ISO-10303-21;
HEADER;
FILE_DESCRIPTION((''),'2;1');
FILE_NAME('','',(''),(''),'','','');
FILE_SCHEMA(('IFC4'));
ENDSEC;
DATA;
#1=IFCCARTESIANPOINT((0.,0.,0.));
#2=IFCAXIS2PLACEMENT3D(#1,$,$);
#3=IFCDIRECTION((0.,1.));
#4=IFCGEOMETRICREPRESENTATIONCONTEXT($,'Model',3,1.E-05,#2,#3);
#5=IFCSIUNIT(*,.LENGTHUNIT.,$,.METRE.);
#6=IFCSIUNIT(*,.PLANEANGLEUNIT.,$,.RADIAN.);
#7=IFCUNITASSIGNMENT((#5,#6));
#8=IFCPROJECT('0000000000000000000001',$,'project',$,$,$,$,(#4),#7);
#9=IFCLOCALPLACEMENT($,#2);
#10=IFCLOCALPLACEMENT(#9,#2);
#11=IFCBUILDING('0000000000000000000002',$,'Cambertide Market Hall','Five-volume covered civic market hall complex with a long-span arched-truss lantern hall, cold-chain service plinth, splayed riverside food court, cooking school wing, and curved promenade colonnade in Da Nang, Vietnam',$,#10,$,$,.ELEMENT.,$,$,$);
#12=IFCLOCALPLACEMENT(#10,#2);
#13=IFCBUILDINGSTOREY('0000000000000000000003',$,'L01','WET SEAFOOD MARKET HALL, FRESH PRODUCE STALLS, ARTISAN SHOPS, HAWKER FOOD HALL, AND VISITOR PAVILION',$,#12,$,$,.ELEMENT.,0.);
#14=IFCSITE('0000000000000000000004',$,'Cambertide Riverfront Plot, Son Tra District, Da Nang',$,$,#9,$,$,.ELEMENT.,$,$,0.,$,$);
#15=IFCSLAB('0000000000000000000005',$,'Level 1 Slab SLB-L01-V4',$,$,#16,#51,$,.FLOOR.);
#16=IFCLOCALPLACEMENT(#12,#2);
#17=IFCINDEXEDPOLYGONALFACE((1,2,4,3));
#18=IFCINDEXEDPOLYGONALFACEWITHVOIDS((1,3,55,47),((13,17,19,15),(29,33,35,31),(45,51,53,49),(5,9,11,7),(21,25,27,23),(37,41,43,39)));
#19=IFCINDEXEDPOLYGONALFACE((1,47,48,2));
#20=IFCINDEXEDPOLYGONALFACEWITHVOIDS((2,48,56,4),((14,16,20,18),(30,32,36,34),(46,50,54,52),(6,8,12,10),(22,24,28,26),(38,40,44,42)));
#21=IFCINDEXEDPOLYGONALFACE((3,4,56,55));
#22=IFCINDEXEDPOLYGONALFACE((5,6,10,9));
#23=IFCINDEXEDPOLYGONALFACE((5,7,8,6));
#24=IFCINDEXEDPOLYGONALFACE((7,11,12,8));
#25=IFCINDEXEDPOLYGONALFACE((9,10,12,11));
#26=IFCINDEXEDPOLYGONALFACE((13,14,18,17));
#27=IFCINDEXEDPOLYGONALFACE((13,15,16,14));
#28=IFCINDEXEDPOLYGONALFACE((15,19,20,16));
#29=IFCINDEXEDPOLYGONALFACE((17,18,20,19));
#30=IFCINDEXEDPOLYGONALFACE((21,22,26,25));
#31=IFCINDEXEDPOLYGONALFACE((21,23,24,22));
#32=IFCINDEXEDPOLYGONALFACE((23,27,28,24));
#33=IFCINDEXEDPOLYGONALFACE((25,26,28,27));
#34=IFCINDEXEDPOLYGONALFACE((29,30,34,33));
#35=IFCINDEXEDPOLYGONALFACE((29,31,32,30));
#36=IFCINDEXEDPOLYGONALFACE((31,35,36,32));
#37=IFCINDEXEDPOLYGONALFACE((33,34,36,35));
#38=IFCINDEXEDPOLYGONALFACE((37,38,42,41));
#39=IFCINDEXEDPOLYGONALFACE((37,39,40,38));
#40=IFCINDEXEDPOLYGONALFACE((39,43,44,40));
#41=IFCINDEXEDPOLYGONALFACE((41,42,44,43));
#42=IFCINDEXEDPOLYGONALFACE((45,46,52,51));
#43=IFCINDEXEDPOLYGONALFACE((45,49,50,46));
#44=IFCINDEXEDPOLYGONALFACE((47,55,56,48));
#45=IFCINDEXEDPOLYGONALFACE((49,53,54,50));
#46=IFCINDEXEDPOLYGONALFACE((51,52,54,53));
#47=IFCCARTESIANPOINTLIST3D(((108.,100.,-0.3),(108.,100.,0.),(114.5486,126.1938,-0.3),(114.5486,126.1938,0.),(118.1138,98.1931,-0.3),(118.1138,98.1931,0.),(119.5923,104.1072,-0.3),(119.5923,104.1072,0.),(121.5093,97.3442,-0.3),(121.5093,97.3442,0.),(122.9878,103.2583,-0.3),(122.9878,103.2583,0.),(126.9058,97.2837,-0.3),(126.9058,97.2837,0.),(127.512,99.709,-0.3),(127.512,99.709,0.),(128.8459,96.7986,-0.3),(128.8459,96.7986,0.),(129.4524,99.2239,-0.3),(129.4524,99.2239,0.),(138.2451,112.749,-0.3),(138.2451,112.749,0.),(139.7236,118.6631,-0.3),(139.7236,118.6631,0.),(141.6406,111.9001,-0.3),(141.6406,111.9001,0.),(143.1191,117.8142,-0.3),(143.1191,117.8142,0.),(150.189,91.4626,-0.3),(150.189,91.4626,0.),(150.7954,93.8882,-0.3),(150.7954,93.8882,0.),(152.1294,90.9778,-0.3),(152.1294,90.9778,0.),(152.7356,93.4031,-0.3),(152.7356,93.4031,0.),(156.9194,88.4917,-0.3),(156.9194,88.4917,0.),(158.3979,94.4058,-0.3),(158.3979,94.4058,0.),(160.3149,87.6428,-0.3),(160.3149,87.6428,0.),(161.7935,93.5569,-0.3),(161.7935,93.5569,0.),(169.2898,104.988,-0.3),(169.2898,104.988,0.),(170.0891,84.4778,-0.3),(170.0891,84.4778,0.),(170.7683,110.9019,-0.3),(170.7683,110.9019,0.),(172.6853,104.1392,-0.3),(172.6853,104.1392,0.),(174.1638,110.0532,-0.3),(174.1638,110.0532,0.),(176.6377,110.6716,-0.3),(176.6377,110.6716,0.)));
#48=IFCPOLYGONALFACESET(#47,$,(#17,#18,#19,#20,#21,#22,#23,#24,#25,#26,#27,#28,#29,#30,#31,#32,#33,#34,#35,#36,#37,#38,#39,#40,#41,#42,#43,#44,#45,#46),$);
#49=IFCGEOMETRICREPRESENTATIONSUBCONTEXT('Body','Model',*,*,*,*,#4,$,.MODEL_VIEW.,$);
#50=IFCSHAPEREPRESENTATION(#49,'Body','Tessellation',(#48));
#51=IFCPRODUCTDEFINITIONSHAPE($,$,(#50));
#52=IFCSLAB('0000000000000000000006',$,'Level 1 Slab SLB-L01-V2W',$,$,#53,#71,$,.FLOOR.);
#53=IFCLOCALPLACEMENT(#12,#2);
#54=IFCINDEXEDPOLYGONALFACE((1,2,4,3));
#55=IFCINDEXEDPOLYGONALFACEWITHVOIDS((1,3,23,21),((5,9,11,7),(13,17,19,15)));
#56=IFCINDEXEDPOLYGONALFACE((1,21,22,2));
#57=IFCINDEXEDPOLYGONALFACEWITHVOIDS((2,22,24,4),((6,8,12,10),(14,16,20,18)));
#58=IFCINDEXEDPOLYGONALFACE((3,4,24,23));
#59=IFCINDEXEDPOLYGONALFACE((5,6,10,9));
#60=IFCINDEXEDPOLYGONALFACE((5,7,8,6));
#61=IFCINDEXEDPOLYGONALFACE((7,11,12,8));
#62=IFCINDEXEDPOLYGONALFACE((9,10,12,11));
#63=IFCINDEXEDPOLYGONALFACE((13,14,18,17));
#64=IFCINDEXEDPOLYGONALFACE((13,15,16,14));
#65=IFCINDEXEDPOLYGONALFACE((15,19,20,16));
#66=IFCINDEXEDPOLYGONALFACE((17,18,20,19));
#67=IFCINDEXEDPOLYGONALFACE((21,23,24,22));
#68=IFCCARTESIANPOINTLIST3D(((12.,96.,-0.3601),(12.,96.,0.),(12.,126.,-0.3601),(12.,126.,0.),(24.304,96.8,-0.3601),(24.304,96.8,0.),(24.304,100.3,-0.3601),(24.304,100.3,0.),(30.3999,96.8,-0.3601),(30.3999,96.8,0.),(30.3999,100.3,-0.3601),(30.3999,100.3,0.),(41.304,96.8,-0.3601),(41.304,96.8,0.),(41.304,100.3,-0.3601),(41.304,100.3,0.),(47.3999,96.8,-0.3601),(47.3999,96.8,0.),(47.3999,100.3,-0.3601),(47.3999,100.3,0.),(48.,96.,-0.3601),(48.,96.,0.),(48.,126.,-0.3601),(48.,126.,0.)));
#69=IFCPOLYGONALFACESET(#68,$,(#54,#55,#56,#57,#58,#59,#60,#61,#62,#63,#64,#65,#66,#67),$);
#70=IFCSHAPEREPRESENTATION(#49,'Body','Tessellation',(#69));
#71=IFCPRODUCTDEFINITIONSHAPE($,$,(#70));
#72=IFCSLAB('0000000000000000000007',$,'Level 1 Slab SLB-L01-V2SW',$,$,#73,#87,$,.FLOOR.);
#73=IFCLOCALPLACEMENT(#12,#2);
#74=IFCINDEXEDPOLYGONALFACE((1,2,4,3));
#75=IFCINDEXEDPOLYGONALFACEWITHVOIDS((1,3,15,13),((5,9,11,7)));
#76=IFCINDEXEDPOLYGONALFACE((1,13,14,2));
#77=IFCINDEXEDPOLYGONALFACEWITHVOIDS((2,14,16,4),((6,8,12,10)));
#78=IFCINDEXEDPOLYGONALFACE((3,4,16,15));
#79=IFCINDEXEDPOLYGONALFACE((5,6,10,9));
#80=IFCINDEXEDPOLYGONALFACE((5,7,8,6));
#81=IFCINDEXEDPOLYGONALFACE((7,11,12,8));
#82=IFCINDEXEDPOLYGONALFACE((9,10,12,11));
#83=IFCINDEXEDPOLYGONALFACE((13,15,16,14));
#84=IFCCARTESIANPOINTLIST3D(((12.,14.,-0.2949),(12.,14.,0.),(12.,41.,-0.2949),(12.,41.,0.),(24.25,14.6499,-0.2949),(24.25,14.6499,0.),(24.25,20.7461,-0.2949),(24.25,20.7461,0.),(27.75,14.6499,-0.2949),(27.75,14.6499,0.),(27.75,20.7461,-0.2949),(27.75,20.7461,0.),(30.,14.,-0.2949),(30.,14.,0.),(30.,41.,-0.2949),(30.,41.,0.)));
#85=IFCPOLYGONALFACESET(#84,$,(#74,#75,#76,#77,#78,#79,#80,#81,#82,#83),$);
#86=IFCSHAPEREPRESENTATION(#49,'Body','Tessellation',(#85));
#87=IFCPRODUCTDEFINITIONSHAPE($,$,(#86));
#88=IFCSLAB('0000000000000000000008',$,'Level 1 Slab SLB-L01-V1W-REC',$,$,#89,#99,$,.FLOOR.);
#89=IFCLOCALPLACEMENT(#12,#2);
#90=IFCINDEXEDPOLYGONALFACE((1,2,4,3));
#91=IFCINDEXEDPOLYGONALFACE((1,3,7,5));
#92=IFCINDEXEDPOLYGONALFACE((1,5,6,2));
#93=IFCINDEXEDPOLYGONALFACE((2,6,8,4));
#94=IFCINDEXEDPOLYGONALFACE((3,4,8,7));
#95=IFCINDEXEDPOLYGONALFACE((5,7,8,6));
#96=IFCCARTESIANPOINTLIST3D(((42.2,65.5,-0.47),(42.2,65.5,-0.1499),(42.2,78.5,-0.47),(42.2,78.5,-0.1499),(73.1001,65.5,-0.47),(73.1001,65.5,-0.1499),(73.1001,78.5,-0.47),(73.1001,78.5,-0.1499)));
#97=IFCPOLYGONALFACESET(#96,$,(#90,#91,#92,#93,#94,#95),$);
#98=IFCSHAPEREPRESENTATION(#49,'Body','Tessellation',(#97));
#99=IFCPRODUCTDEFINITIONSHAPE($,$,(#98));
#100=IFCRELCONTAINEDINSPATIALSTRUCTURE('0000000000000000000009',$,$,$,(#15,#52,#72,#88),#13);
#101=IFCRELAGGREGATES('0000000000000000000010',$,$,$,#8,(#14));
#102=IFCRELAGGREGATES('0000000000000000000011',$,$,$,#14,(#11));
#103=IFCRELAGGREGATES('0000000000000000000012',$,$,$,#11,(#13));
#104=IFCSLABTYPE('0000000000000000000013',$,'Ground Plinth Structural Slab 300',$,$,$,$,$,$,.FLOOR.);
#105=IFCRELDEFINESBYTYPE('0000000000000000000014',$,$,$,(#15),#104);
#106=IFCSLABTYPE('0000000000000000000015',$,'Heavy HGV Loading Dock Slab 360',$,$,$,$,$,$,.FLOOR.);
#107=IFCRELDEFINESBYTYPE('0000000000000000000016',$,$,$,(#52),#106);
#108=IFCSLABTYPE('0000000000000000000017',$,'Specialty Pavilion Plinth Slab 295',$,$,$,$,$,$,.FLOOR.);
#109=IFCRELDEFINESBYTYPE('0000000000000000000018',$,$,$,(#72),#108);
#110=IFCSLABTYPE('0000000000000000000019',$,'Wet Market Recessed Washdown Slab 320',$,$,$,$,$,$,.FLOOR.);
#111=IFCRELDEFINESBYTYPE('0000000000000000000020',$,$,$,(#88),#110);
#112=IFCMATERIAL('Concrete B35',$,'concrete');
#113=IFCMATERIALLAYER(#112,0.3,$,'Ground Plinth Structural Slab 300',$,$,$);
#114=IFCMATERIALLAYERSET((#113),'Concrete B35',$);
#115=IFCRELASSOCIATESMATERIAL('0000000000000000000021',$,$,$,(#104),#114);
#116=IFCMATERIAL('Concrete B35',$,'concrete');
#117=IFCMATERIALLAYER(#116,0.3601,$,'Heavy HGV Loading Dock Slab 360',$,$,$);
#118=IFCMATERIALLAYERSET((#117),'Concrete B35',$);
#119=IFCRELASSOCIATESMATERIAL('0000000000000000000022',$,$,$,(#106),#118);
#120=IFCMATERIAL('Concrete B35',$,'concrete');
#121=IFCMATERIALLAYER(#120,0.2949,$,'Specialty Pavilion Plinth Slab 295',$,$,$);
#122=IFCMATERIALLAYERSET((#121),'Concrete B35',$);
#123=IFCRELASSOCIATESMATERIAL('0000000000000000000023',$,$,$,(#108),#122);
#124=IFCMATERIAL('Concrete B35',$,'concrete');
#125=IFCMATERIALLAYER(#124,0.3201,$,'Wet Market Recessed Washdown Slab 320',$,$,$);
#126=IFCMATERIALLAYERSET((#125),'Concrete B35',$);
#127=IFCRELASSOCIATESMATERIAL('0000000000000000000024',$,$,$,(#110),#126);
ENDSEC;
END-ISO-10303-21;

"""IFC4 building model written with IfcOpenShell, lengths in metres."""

from ifc_helpers import new_model, si_unit, direction, frame, origin, place, context, subcontext, project, spatial, polyline, outline, extrude, material, layer, layer_set, type_object, element, save


model = new_model("IFC4")

# Units and contexts
model_context = context("Model", 3, precision=1e-05, world=origin(), true_north=direction((0.0, 1.0)))
body_context = subcontext(model_context, "Body", "Model", "MODEL_VIEW")
ifc_project = project(units=[si_unit("LENGTHUNIT", "METRE"), si_unit("PLANEANGLEUNIT", "RADIAN")], contexts=[model_context])

# Site, building, storey
site_placement = place(None, origin())
site = spatial("IfcSite", under=ifc_project, at=site_placement, Name="Cambertide Riverfront Plot, Son Tra District, Da Nang", CompositionType="ELEMENT", RefElevation=0.0)
building_placement = place(site_placement, origin())
building = spatial("IfcBuilding", under=site, at=building_placement, Name="Cambertide Market Hall", Description="Five-volume covered civic market hall complex with a long-span arched-truss lantern hall, cold-chain service plinth, splayed riverside food court, cooking school wing, and curved promenade colonnade in Da Nang, Vietnam", CompositionType="ELEMENT")
storey_placement = place(building_placement, origin())
storey = spatial("IfcBuildingStorey", under=building, at=storey_placement, Name="L01", Description="WET SEAFOOD MARKET HALL, FRESH PRODUCE STALLS, ARTISAN SHOPS, HAWKER FOOD HALL, AND VISITOR PAVILION", CompositionType="ELEMENT", Elevation=0.0)

# Slabs
ifc_material_1 = material(Name="Concrete B35", Category="concrete")
ifc_layer_1 = layer(ifc_material_1, 0.3, Name="Ground Plinth Structural Slab 300")
ifc_layer_set_1 = layer_set([ifc_layer_1], Name="Concrete B35")
slab_type_1 = type_object("IfcSlabType", Name="Ground Plinth Structural Slab 300", PredefinedType="FLOOR", material=ifc_layer_set_1)
slab_1_placement = place(storey_placement, frame((0.0, 0.0, -0.3)))
element("IfcSlab", 1, at=slab_1_placement, inside=storey, type_object=slab_type_1, Name="Level 1 Slab SLB-L01-V4", PredefinedType="FLOOR", context=body_context, shape_type="SweptSolid", body=[
    extrude(outline(polyline([(108.0, 100.0), (170.0891, 84.4778), (176.6377, 110.6716), (114.5486, 126.1938), (108.0, 100.0)]), holes=[polyline([(122.9878, 103.2583), (121.5093, 97.3442), (118.1138, 98.1931), (119.5923, 104.1072), (122.9878, 103.2583)]), polyline([(138.2451, 112.749), (139.7236, 118.6631), (143.1191, 117.8142), (141.6406, 111.9001), (138.2451, 112.749)]), polyline([(161.7935, 93.5569), (160.3149, 87.6428), (156.9194, 88.4917), (158.3979, 94.4058), (161.7935, 93.5569)]), polyline([(169.2898, 104.988), (170.7683, 110.9019), (174.1638, 110.0532), (172.6853, 104.1392), (169.2898, 104.988)]), polyline([(127.512, 99.709), (129.4524, 99.2239), (128.8459, 96.7986), (126.9058, 97.2837), (127.512, 99.709)]), polyline([(150.7954, 93.8882), (152.7356, 93.4031), (152.1294, 90.9778), (150.189, 91.4626), (150.7954, 93.8882)])]), origin(), (0.0, 0.0, 1.0), 0.3),
])
ifc_material_2 = material(Name="Concrete B35", Category="concrete")
ifc_layer_2 = layer(ifc_material_2, 0.3601, Name="Heavy HGV Loading Dock Slab 360")
ifc_layer_set_2 = layer_set([ifc_layer_2], Name="Concrete B35")
slab_type_2 = type_object("IfcSlabType", Name="Heavy HGV Loading Dock Slab 360", PredefinedType="FLOOR", material=ifc_layer_set_2)
slab_2_placement = place(storey_placement, frame((0.0, 0.0, -0.3601)))
element("IfcSlab", 2, at=slab_2_placement, inside=storey, type_object=slab_type_2, Name="Level 1 Slab SLB-L01-V2W", PredefinedType="FLOOR", context=body_context, shape_type="SweptSolid", body=[
    extrude(outline(polyline([(12.0, 96.0), (48.0, 96.0), (48.0, 126.0), (12.0, 126.0), (12.0, 96.0)]), holes=[polyline([(24.304, 100.3), (30.3999, 100.3), (30.3999, 96.8), (24.304, 96.8), (24.304, 100.3)]), polyline([(41.304, 100.3), (47.3999, 100.3), (47.3999, 96.8), (41.304, 96.8), (41.304, 100.3)])]), origin(), (0.0, 0.0, 1.0), 0.3601),
])
ifc_material_3 = material(Name="Concrete B35", Category="concrete")
ifc_layer_3 = layer(ifc_material_3, 0.2949, Name="Specialty Pavilion Plinth Slab 295")
ifc_layer_set_3 = layer_set([ifc_layer_3], Name="Concrete B35")
slab_type_3 = type_object("IfcSlabType", Name="Specialty Pavilion Plinth Slab 295", PredefinedType="FLOOR", material=ifc_layer_set_3)
slab_3_placement = place(storey_placement, frame((0.0, 0.0, -0.2949)))
element("IfcSlab", 3, at=slab_3_placement, inside=storey, type_object=slab_type_3, Name="Level 1 Slab SLB-L01-V2SW", PredefinedType="FLOOR", context=body_context, shape_type="SweptSolid", body=[
    extrude(outline(polyline([(12.0, 14.0), (30.0, 14.0), (30.0, 41.0), (12.0, 41.0), (12.0, 14.0)]), holes=[polyline([(27.75, 20.7461), (27.75, 14.6499), (24.25, 14.6499), (24.25, 20.7461), (27.75, 20.7461)])]), origin(), (0.0, 0.0, 1.0), 0.2949),
])
ifc_material_4 = material(Name="Concrete B35", Category="concrete")
ifc_layer_4 = layer(ifc_material_4, 0.3201, Name="Wet Market Recessed Washdown Slab 320")
ifc_layer_set_4 = layer_set([ifc_layer_4], Name="Concrete B35")
slab_type_4 = type_object("IfcSlabType", Name="Wet Market Recessed Washdown Slab 320", PredefinedType="FLOOR", material=ifc_layer_set_4)
slab_4_placement = place(storey_placement, frame((0.0, 0.0, -0.47)))
element("IfcSlab", 4, at=slab_4_placement, inside=storey, type_object=slab_type_4, Name="Level 1 Slab SLB-L01-V1W-REC", PredefinedType="FLOOR", context=body_context, shape_type="SweptSolid", body=[
    extrude(outline(polyline([(42.2, 65.5), (73.1001, 65.5), (73.1001, 78.5), (42.2, 78.5), (42.2, 65.5)])), origin(), (0.0, 0.0, 1.0), 0.3201),
])

save(model, "model.ifc")
